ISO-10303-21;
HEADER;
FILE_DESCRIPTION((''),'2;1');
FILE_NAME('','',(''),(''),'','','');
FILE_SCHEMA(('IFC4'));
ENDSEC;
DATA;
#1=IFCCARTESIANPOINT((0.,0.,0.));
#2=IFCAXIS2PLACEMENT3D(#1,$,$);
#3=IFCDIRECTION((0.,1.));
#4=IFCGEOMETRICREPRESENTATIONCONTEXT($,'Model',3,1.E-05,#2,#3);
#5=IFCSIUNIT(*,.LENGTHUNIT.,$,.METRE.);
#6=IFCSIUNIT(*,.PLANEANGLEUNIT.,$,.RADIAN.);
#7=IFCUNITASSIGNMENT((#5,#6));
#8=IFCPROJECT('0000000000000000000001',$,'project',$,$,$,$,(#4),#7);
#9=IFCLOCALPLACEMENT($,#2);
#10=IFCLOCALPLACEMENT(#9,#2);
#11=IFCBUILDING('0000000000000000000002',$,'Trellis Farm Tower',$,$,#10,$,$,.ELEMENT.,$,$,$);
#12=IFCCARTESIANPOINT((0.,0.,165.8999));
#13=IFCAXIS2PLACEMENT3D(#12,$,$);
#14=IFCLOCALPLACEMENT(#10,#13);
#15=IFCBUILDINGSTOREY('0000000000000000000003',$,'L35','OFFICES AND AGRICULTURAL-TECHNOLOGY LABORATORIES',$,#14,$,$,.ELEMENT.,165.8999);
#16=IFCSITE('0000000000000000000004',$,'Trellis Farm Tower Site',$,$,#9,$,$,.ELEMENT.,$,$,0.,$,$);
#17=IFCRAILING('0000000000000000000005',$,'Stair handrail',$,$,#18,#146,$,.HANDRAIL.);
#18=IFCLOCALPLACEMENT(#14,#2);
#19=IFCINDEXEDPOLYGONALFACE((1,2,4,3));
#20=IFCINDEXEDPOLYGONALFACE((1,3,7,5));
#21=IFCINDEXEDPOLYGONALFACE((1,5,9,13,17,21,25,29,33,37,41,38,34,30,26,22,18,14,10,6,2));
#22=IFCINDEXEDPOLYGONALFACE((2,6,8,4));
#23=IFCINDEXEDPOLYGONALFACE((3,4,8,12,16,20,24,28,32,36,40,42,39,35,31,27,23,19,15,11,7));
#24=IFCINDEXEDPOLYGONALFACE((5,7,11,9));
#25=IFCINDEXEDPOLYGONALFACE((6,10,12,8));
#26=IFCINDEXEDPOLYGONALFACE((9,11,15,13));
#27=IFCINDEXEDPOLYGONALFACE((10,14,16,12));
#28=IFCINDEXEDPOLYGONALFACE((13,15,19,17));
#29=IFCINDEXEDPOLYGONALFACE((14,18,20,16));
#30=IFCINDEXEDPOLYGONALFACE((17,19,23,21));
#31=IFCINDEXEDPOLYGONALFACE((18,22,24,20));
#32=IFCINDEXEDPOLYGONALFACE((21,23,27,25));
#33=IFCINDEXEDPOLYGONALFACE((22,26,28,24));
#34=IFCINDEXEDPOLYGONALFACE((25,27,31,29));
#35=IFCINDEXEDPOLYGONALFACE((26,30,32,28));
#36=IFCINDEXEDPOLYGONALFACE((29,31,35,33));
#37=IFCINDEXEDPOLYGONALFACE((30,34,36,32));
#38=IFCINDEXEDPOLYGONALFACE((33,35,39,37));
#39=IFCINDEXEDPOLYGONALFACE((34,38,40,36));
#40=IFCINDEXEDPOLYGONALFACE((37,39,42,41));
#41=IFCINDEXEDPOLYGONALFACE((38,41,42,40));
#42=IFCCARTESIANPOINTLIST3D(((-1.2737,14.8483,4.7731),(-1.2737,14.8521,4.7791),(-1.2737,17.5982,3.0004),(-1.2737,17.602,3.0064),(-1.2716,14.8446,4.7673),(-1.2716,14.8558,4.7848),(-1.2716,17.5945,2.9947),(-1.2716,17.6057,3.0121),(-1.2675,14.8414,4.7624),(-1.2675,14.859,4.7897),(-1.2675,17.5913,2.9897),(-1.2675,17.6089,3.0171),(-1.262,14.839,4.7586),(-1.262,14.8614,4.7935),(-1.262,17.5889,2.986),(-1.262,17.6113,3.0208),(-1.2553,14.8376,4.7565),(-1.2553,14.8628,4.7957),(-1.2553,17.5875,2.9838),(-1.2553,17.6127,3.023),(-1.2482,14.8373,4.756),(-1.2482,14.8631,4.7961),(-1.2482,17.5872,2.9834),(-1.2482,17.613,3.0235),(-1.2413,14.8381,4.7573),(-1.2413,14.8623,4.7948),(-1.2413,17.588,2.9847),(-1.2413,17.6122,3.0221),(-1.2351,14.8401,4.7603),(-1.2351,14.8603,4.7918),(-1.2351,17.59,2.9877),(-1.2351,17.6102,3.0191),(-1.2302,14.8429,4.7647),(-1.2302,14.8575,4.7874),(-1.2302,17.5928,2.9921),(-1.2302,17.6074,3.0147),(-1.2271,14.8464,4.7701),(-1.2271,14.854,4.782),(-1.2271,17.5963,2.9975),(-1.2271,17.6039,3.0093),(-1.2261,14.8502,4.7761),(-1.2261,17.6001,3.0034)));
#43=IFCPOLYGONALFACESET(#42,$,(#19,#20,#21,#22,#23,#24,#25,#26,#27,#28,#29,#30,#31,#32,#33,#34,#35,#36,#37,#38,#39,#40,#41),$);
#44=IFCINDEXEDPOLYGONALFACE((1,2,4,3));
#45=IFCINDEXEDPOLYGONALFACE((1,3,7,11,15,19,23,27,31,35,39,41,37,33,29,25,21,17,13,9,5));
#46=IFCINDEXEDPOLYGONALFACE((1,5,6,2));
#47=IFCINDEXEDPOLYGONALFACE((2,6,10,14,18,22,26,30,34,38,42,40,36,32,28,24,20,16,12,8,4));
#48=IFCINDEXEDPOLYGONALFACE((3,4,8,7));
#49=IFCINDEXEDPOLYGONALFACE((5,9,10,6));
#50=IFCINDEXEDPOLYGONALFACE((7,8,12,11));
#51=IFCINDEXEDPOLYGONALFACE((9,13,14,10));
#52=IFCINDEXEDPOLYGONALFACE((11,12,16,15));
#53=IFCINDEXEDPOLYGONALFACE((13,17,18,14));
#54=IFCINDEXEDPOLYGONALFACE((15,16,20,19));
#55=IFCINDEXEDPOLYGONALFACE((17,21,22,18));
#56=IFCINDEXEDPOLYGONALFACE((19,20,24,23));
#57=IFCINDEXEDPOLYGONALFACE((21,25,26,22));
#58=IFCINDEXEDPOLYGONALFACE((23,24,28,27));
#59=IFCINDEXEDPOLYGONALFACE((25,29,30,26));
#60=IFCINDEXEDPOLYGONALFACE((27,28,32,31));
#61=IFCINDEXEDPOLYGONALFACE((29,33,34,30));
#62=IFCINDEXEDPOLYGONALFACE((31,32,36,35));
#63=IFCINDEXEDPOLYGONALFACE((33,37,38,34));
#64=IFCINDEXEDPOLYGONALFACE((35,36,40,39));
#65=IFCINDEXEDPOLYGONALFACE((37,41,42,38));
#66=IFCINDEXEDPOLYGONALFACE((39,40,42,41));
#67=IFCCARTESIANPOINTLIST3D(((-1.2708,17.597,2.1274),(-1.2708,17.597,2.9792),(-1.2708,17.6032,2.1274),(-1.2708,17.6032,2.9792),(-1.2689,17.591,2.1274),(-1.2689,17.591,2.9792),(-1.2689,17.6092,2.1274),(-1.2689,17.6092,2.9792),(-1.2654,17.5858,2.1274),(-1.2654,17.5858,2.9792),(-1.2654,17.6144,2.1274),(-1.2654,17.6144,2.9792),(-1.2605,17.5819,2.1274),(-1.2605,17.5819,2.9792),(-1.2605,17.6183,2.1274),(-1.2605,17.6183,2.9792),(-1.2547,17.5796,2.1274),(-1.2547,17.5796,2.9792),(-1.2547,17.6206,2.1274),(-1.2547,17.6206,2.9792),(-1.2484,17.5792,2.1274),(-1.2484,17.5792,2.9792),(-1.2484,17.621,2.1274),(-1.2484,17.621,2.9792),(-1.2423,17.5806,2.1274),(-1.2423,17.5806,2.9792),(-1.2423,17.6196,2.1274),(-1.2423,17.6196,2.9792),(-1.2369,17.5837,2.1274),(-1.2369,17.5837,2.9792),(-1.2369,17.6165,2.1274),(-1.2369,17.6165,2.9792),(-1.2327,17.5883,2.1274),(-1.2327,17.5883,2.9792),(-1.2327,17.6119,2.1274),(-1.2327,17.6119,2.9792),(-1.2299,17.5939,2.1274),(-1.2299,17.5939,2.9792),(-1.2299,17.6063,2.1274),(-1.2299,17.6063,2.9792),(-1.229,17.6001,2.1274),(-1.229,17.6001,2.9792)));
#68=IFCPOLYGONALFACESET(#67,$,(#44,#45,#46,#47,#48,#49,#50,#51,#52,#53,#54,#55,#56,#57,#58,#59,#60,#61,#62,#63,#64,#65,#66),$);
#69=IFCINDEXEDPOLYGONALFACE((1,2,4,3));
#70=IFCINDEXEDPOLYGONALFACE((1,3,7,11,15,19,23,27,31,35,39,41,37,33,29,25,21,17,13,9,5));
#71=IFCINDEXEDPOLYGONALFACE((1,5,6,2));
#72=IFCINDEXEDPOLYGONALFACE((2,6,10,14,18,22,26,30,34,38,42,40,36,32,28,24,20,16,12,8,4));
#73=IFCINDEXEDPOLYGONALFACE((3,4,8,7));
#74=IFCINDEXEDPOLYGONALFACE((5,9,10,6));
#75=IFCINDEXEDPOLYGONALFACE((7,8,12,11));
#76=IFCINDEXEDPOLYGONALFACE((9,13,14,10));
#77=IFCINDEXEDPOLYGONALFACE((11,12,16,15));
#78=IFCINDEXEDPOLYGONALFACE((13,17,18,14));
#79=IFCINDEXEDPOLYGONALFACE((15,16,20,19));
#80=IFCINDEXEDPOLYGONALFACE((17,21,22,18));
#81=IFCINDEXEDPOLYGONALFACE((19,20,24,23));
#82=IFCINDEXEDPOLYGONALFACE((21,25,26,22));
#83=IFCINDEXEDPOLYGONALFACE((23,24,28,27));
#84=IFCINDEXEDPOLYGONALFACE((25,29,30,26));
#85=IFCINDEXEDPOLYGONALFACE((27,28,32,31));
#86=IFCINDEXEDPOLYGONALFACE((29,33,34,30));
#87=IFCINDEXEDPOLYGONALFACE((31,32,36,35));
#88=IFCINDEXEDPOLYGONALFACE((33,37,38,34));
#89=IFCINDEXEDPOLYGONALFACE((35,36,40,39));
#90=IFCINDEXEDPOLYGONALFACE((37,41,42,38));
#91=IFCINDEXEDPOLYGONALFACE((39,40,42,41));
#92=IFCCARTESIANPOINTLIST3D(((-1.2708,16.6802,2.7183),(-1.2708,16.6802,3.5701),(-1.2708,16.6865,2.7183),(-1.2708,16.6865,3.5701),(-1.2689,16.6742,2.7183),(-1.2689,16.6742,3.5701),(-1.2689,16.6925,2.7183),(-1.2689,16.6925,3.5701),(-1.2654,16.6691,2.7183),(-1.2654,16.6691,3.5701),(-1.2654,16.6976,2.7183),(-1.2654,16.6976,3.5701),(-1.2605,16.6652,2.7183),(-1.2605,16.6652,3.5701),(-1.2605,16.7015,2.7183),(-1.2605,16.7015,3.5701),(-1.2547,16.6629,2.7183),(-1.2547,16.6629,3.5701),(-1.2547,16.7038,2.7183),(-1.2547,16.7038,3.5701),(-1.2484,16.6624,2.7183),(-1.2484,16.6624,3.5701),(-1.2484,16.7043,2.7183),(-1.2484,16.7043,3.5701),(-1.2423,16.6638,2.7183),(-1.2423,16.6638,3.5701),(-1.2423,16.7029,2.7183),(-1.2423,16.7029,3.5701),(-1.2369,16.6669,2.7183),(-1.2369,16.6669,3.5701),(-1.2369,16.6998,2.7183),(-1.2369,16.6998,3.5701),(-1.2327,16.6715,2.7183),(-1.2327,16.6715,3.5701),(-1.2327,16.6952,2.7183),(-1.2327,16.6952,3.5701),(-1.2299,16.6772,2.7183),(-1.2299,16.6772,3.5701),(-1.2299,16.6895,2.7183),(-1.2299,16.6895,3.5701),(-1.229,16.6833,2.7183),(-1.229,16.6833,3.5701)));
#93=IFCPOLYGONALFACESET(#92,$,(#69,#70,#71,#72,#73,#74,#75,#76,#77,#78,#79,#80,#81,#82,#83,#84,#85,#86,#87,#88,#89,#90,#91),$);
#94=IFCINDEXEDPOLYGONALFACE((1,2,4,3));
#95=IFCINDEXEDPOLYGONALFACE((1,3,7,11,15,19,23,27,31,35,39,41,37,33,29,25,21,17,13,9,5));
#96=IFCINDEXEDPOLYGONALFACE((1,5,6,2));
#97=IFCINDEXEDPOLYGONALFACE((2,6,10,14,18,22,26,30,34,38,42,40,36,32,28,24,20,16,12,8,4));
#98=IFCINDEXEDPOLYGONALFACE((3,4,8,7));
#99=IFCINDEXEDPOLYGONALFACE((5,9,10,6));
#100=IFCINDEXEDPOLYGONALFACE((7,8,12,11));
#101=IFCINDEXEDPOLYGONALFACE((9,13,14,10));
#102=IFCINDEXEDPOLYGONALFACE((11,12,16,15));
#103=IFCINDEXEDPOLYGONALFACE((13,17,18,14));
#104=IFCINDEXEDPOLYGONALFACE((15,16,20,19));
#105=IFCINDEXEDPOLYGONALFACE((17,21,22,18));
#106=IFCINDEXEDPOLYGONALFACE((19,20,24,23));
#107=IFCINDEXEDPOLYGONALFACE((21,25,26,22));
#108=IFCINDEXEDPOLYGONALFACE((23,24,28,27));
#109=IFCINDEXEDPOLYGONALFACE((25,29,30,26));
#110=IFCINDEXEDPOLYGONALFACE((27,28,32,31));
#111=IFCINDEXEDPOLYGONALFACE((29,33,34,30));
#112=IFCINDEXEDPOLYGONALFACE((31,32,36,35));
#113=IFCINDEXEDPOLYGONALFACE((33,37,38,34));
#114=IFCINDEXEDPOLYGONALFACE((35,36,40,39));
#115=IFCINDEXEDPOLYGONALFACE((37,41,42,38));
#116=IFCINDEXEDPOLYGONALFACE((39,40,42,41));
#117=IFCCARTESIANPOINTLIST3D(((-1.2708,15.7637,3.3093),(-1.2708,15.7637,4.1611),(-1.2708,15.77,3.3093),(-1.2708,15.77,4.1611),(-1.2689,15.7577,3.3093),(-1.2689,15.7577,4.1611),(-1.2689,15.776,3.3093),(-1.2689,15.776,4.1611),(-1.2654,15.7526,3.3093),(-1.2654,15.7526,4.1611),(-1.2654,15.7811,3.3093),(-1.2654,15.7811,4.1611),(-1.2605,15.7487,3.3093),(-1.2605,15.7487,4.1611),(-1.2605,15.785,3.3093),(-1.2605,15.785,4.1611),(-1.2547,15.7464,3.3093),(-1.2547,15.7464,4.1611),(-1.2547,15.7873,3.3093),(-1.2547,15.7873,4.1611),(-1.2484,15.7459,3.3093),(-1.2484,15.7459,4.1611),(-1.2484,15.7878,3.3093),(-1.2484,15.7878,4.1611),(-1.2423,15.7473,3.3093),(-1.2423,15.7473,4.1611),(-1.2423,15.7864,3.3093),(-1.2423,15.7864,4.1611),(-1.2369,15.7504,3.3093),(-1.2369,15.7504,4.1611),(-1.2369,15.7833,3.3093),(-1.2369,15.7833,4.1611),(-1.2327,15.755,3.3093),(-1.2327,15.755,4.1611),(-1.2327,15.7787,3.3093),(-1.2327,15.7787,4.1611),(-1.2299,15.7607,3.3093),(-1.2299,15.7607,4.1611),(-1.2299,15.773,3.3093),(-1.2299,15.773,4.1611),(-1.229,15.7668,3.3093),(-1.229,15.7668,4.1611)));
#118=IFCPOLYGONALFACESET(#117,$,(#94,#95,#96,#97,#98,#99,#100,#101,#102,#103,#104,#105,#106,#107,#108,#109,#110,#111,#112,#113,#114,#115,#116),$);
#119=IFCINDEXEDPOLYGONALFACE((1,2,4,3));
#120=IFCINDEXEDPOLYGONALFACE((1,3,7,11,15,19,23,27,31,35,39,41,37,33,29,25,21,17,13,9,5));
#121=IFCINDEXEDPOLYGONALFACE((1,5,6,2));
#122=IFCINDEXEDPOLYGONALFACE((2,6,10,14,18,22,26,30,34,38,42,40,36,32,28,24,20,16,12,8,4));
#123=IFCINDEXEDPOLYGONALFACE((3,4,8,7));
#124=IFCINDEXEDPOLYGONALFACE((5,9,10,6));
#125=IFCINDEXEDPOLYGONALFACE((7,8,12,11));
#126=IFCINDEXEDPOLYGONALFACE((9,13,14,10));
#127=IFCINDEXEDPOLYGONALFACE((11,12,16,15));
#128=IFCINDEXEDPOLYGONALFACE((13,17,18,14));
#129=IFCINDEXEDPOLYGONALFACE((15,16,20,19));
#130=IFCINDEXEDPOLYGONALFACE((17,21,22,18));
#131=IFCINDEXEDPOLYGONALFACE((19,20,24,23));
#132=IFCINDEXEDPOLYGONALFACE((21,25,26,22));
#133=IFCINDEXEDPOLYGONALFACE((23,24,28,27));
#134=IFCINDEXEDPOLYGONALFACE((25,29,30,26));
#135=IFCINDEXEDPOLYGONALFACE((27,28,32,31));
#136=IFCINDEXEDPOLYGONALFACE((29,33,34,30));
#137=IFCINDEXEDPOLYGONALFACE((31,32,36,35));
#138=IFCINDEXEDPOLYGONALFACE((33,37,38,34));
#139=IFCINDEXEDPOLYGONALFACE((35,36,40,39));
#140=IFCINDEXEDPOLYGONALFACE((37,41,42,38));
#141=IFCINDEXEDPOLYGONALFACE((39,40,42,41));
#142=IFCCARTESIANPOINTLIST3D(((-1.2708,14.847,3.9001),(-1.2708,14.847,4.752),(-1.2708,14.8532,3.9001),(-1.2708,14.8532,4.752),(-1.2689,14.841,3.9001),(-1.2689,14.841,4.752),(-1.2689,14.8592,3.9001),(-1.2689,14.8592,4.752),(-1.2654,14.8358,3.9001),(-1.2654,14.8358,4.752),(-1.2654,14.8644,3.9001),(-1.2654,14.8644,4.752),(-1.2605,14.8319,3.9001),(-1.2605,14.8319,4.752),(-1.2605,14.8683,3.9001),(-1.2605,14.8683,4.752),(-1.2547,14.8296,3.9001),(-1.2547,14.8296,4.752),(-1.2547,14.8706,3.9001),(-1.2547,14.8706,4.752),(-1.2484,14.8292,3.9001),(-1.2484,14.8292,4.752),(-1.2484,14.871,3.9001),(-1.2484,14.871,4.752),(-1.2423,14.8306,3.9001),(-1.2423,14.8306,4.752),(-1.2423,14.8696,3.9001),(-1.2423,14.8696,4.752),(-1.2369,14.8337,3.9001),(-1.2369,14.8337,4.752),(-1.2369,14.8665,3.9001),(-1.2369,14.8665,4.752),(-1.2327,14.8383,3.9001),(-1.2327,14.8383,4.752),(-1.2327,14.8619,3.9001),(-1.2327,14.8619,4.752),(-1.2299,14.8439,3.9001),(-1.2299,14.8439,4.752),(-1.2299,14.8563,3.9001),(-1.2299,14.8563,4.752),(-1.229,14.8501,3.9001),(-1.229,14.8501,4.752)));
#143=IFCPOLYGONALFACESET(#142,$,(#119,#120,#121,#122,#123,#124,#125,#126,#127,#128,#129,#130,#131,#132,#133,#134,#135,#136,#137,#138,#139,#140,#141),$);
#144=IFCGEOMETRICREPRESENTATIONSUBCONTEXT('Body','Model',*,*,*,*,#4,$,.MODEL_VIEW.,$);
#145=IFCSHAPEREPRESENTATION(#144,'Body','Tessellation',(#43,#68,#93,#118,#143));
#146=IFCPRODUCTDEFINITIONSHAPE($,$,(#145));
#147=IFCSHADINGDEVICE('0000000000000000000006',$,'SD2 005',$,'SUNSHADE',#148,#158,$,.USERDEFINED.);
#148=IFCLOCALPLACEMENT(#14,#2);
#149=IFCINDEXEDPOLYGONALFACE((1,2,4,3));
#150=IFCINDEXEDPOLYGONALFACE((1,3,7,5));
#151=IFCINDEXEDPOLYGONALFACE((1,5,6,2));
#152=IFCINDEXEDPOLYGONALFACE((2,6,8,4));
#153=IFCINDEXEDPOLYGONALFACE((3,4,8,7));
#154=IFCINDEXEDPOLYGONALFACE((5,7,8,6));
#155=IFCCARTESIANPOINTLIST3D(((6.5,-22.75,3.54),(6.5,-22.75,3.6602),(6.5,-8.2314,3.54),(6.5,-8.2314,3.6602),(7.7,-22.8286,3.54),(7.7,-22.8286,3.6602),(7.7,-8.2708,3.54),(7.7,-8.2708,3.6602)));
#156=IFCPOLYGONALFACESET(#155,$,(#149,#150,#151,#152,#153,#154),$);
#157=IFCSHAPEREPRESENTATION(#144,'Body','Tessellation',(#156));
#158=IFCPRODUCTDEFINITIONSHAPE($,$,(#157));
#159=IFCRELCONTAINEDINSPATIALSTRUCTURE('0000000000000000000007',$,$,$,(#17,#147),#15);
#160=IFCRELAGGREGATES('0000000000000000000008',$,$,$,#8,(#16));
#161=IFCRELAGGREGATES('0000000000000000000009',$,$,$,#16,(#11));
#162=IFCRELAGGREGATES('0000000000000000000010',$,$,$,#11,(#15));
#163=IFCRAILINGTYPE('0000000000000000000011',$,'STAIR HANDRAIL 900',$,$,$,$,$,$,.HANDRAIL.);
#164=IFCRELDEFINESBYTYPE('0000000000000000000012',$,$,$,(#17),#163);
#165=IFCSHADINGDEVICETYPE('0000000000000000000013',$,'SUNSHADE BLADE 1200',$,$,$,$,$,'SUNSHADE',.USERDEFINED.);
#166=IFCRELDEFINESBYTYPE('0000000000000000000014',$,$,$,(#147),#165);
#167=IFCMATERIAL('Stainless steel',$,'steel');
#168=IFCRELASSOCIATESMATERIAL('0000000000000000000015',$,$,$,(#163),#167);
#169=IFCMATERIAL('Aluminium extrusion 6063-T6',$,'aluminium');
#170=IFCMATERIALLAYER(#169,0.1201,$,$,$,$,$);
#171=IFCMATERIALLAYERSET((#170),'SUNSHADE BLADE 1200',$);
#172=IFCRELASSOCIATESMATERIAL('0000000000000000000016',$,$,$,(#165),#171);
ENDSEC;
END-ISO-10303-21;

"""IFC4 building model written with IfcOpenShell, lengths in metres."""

from ifc_helpers import new_model, si_unit, direction, frame, origin, origin_2d, place, context, subcontext, project, spatial, polyline, circle, outline, extrude, source, transform, mapped, material, layer, layer_set, type_object, element, save


model = new_model("IFC4")

# Units and contexts
model_context = context("Model", 3, precision=1e-05, world=origin(), true_north=direction((0.0, 1.0)))
body_context = subcontext(model_context, "Body", "Model", "MODEL_VIEW")
ifc_project = project(units=[si_unit("LENGTHUNIT", "METRE"), si_unit("PLANEANGLEUNIT", "RADIAN")], contexts=[model_context])

# Site, building, storey
site_placement = place(None, origin())
site = spatial("IfcSite", under=ifc_project, at=site_placement, Name="Trellis Farm Tower Site", CompositionType="ELEMENT", RefElevation=0.0)
building_placement = place(site_placement, origin())
building = spatial("IfcBuilding", under=site, at=building_placement, Name="Trellis Farm Tower", CompositionType="ELEMENT")
storey_placement = place(building_placement, frame((0.0, 0.0, 165.8999)))
storey = spatial("IfcBuildingStorey", under=building, at=storey_placement, Name="L35", Description="OFFICES AND AGRICULTURAL-TECHNOLOGY LABORATORIES", CompositionType="ELEMENT", Elevation=165.8999)

# Railing
ifc_material_1 = material(Name="Stainless steel", Category="steel")
railing_type = type_object("IfcRailingType", Name="STAIR HANDRAIL 900", PredefinedType="HANDRAIL", material=ifc_material_1)
shared_shape_1 = source(origin(), body_context, "Body", "SweptSolid", [
    extrude(circle(Radius=0.0239, at=origin_2d()), frame((0.0, 0.0, 0.876), z_axis=(0.0, -0.840504, 0.541806), x_axis=(1.0, 0.0, 0.0)), (0.0, 0.0, 1.0), 3.2717),
    extrude(circle(Radius=0.021, at=origin_2d()), origin(), (0.0, 0.0, 1.0), 0.8518),
    extrude(circle(Radius=0.021, at=origin_2d()), frame((0.0, -0.9167, 0.5908)), (0.0, 0.0, 1.0), 0.8518),
    extrude(circle(Radius=0.021, at=origin_2d()), frame((0.0, -1.8333, 1.1819)), (0.0, 0.0, 1.0), 0.8518),
    extrude(circle(Radius=0.021, at=origin_2d()), frame((0.0, -2.75, 1.7727)), (0.0, 0.0, 1.0), 0.8518),
])
railing_placement = place(storey_placement, frame((-1.25, 17.6001, 2.1274)))
element("IfcRailing", 1, at=railing_placement, inside=storey, type_object=railing_type, Name="Stair handrail", PredefinedType="HANDRAIL", context=body_context, shape_type="MappedRepresentation", body=[
    mapped(shared_shape_1, transform((0.0, 0.0, 0.0))),
])

# Shading device
ifc_material_2 = material(Name="Aluminium extrusion 6063-T6", Category="aluminium")
ifc_layer_1 = layer(ifc_material_2, 0.1201)
ifc_layer_set_1 = layer_set([ifc_layer_1], Name="SUNSHADE BLADE 1200")
shading_device_type = type_object("IfcShadingDeviceType", Name="SUNSHADE BLADE 1200", ElementType="SUNSHADE", PredefinedType="USERDEFINED", material=ifc_layer_set_1)
shared_shape_2 = source(origin(), body_context, "Body", "SweptSolid", [
    extrude(outline(polyline([(7.7, -22.8286), (7.7, -8.2708), (6.5, -8.2314), (6.5, -22.75), (7.7, -22.8286)])), origin(), (0.0, 0.0, 1.0), 0.1201),
])
shading_device_placement = place(storey_placement, frame((0.0, 0.0, 3.54)))
element("IfcShadingDevice", 2, at=shading_device_placement, inside=storey, type_object=shading_device_type, Name="SD2 005", ObjectType="SUNSHADE", PredefinedType="USERDEFINED", context=body_context, shape_type="MappedRepresentation", body=[
    mapped(shared_shape_2, transform((0.0, 0.0, 0.0))),
])

save(model, "model.ifc")
